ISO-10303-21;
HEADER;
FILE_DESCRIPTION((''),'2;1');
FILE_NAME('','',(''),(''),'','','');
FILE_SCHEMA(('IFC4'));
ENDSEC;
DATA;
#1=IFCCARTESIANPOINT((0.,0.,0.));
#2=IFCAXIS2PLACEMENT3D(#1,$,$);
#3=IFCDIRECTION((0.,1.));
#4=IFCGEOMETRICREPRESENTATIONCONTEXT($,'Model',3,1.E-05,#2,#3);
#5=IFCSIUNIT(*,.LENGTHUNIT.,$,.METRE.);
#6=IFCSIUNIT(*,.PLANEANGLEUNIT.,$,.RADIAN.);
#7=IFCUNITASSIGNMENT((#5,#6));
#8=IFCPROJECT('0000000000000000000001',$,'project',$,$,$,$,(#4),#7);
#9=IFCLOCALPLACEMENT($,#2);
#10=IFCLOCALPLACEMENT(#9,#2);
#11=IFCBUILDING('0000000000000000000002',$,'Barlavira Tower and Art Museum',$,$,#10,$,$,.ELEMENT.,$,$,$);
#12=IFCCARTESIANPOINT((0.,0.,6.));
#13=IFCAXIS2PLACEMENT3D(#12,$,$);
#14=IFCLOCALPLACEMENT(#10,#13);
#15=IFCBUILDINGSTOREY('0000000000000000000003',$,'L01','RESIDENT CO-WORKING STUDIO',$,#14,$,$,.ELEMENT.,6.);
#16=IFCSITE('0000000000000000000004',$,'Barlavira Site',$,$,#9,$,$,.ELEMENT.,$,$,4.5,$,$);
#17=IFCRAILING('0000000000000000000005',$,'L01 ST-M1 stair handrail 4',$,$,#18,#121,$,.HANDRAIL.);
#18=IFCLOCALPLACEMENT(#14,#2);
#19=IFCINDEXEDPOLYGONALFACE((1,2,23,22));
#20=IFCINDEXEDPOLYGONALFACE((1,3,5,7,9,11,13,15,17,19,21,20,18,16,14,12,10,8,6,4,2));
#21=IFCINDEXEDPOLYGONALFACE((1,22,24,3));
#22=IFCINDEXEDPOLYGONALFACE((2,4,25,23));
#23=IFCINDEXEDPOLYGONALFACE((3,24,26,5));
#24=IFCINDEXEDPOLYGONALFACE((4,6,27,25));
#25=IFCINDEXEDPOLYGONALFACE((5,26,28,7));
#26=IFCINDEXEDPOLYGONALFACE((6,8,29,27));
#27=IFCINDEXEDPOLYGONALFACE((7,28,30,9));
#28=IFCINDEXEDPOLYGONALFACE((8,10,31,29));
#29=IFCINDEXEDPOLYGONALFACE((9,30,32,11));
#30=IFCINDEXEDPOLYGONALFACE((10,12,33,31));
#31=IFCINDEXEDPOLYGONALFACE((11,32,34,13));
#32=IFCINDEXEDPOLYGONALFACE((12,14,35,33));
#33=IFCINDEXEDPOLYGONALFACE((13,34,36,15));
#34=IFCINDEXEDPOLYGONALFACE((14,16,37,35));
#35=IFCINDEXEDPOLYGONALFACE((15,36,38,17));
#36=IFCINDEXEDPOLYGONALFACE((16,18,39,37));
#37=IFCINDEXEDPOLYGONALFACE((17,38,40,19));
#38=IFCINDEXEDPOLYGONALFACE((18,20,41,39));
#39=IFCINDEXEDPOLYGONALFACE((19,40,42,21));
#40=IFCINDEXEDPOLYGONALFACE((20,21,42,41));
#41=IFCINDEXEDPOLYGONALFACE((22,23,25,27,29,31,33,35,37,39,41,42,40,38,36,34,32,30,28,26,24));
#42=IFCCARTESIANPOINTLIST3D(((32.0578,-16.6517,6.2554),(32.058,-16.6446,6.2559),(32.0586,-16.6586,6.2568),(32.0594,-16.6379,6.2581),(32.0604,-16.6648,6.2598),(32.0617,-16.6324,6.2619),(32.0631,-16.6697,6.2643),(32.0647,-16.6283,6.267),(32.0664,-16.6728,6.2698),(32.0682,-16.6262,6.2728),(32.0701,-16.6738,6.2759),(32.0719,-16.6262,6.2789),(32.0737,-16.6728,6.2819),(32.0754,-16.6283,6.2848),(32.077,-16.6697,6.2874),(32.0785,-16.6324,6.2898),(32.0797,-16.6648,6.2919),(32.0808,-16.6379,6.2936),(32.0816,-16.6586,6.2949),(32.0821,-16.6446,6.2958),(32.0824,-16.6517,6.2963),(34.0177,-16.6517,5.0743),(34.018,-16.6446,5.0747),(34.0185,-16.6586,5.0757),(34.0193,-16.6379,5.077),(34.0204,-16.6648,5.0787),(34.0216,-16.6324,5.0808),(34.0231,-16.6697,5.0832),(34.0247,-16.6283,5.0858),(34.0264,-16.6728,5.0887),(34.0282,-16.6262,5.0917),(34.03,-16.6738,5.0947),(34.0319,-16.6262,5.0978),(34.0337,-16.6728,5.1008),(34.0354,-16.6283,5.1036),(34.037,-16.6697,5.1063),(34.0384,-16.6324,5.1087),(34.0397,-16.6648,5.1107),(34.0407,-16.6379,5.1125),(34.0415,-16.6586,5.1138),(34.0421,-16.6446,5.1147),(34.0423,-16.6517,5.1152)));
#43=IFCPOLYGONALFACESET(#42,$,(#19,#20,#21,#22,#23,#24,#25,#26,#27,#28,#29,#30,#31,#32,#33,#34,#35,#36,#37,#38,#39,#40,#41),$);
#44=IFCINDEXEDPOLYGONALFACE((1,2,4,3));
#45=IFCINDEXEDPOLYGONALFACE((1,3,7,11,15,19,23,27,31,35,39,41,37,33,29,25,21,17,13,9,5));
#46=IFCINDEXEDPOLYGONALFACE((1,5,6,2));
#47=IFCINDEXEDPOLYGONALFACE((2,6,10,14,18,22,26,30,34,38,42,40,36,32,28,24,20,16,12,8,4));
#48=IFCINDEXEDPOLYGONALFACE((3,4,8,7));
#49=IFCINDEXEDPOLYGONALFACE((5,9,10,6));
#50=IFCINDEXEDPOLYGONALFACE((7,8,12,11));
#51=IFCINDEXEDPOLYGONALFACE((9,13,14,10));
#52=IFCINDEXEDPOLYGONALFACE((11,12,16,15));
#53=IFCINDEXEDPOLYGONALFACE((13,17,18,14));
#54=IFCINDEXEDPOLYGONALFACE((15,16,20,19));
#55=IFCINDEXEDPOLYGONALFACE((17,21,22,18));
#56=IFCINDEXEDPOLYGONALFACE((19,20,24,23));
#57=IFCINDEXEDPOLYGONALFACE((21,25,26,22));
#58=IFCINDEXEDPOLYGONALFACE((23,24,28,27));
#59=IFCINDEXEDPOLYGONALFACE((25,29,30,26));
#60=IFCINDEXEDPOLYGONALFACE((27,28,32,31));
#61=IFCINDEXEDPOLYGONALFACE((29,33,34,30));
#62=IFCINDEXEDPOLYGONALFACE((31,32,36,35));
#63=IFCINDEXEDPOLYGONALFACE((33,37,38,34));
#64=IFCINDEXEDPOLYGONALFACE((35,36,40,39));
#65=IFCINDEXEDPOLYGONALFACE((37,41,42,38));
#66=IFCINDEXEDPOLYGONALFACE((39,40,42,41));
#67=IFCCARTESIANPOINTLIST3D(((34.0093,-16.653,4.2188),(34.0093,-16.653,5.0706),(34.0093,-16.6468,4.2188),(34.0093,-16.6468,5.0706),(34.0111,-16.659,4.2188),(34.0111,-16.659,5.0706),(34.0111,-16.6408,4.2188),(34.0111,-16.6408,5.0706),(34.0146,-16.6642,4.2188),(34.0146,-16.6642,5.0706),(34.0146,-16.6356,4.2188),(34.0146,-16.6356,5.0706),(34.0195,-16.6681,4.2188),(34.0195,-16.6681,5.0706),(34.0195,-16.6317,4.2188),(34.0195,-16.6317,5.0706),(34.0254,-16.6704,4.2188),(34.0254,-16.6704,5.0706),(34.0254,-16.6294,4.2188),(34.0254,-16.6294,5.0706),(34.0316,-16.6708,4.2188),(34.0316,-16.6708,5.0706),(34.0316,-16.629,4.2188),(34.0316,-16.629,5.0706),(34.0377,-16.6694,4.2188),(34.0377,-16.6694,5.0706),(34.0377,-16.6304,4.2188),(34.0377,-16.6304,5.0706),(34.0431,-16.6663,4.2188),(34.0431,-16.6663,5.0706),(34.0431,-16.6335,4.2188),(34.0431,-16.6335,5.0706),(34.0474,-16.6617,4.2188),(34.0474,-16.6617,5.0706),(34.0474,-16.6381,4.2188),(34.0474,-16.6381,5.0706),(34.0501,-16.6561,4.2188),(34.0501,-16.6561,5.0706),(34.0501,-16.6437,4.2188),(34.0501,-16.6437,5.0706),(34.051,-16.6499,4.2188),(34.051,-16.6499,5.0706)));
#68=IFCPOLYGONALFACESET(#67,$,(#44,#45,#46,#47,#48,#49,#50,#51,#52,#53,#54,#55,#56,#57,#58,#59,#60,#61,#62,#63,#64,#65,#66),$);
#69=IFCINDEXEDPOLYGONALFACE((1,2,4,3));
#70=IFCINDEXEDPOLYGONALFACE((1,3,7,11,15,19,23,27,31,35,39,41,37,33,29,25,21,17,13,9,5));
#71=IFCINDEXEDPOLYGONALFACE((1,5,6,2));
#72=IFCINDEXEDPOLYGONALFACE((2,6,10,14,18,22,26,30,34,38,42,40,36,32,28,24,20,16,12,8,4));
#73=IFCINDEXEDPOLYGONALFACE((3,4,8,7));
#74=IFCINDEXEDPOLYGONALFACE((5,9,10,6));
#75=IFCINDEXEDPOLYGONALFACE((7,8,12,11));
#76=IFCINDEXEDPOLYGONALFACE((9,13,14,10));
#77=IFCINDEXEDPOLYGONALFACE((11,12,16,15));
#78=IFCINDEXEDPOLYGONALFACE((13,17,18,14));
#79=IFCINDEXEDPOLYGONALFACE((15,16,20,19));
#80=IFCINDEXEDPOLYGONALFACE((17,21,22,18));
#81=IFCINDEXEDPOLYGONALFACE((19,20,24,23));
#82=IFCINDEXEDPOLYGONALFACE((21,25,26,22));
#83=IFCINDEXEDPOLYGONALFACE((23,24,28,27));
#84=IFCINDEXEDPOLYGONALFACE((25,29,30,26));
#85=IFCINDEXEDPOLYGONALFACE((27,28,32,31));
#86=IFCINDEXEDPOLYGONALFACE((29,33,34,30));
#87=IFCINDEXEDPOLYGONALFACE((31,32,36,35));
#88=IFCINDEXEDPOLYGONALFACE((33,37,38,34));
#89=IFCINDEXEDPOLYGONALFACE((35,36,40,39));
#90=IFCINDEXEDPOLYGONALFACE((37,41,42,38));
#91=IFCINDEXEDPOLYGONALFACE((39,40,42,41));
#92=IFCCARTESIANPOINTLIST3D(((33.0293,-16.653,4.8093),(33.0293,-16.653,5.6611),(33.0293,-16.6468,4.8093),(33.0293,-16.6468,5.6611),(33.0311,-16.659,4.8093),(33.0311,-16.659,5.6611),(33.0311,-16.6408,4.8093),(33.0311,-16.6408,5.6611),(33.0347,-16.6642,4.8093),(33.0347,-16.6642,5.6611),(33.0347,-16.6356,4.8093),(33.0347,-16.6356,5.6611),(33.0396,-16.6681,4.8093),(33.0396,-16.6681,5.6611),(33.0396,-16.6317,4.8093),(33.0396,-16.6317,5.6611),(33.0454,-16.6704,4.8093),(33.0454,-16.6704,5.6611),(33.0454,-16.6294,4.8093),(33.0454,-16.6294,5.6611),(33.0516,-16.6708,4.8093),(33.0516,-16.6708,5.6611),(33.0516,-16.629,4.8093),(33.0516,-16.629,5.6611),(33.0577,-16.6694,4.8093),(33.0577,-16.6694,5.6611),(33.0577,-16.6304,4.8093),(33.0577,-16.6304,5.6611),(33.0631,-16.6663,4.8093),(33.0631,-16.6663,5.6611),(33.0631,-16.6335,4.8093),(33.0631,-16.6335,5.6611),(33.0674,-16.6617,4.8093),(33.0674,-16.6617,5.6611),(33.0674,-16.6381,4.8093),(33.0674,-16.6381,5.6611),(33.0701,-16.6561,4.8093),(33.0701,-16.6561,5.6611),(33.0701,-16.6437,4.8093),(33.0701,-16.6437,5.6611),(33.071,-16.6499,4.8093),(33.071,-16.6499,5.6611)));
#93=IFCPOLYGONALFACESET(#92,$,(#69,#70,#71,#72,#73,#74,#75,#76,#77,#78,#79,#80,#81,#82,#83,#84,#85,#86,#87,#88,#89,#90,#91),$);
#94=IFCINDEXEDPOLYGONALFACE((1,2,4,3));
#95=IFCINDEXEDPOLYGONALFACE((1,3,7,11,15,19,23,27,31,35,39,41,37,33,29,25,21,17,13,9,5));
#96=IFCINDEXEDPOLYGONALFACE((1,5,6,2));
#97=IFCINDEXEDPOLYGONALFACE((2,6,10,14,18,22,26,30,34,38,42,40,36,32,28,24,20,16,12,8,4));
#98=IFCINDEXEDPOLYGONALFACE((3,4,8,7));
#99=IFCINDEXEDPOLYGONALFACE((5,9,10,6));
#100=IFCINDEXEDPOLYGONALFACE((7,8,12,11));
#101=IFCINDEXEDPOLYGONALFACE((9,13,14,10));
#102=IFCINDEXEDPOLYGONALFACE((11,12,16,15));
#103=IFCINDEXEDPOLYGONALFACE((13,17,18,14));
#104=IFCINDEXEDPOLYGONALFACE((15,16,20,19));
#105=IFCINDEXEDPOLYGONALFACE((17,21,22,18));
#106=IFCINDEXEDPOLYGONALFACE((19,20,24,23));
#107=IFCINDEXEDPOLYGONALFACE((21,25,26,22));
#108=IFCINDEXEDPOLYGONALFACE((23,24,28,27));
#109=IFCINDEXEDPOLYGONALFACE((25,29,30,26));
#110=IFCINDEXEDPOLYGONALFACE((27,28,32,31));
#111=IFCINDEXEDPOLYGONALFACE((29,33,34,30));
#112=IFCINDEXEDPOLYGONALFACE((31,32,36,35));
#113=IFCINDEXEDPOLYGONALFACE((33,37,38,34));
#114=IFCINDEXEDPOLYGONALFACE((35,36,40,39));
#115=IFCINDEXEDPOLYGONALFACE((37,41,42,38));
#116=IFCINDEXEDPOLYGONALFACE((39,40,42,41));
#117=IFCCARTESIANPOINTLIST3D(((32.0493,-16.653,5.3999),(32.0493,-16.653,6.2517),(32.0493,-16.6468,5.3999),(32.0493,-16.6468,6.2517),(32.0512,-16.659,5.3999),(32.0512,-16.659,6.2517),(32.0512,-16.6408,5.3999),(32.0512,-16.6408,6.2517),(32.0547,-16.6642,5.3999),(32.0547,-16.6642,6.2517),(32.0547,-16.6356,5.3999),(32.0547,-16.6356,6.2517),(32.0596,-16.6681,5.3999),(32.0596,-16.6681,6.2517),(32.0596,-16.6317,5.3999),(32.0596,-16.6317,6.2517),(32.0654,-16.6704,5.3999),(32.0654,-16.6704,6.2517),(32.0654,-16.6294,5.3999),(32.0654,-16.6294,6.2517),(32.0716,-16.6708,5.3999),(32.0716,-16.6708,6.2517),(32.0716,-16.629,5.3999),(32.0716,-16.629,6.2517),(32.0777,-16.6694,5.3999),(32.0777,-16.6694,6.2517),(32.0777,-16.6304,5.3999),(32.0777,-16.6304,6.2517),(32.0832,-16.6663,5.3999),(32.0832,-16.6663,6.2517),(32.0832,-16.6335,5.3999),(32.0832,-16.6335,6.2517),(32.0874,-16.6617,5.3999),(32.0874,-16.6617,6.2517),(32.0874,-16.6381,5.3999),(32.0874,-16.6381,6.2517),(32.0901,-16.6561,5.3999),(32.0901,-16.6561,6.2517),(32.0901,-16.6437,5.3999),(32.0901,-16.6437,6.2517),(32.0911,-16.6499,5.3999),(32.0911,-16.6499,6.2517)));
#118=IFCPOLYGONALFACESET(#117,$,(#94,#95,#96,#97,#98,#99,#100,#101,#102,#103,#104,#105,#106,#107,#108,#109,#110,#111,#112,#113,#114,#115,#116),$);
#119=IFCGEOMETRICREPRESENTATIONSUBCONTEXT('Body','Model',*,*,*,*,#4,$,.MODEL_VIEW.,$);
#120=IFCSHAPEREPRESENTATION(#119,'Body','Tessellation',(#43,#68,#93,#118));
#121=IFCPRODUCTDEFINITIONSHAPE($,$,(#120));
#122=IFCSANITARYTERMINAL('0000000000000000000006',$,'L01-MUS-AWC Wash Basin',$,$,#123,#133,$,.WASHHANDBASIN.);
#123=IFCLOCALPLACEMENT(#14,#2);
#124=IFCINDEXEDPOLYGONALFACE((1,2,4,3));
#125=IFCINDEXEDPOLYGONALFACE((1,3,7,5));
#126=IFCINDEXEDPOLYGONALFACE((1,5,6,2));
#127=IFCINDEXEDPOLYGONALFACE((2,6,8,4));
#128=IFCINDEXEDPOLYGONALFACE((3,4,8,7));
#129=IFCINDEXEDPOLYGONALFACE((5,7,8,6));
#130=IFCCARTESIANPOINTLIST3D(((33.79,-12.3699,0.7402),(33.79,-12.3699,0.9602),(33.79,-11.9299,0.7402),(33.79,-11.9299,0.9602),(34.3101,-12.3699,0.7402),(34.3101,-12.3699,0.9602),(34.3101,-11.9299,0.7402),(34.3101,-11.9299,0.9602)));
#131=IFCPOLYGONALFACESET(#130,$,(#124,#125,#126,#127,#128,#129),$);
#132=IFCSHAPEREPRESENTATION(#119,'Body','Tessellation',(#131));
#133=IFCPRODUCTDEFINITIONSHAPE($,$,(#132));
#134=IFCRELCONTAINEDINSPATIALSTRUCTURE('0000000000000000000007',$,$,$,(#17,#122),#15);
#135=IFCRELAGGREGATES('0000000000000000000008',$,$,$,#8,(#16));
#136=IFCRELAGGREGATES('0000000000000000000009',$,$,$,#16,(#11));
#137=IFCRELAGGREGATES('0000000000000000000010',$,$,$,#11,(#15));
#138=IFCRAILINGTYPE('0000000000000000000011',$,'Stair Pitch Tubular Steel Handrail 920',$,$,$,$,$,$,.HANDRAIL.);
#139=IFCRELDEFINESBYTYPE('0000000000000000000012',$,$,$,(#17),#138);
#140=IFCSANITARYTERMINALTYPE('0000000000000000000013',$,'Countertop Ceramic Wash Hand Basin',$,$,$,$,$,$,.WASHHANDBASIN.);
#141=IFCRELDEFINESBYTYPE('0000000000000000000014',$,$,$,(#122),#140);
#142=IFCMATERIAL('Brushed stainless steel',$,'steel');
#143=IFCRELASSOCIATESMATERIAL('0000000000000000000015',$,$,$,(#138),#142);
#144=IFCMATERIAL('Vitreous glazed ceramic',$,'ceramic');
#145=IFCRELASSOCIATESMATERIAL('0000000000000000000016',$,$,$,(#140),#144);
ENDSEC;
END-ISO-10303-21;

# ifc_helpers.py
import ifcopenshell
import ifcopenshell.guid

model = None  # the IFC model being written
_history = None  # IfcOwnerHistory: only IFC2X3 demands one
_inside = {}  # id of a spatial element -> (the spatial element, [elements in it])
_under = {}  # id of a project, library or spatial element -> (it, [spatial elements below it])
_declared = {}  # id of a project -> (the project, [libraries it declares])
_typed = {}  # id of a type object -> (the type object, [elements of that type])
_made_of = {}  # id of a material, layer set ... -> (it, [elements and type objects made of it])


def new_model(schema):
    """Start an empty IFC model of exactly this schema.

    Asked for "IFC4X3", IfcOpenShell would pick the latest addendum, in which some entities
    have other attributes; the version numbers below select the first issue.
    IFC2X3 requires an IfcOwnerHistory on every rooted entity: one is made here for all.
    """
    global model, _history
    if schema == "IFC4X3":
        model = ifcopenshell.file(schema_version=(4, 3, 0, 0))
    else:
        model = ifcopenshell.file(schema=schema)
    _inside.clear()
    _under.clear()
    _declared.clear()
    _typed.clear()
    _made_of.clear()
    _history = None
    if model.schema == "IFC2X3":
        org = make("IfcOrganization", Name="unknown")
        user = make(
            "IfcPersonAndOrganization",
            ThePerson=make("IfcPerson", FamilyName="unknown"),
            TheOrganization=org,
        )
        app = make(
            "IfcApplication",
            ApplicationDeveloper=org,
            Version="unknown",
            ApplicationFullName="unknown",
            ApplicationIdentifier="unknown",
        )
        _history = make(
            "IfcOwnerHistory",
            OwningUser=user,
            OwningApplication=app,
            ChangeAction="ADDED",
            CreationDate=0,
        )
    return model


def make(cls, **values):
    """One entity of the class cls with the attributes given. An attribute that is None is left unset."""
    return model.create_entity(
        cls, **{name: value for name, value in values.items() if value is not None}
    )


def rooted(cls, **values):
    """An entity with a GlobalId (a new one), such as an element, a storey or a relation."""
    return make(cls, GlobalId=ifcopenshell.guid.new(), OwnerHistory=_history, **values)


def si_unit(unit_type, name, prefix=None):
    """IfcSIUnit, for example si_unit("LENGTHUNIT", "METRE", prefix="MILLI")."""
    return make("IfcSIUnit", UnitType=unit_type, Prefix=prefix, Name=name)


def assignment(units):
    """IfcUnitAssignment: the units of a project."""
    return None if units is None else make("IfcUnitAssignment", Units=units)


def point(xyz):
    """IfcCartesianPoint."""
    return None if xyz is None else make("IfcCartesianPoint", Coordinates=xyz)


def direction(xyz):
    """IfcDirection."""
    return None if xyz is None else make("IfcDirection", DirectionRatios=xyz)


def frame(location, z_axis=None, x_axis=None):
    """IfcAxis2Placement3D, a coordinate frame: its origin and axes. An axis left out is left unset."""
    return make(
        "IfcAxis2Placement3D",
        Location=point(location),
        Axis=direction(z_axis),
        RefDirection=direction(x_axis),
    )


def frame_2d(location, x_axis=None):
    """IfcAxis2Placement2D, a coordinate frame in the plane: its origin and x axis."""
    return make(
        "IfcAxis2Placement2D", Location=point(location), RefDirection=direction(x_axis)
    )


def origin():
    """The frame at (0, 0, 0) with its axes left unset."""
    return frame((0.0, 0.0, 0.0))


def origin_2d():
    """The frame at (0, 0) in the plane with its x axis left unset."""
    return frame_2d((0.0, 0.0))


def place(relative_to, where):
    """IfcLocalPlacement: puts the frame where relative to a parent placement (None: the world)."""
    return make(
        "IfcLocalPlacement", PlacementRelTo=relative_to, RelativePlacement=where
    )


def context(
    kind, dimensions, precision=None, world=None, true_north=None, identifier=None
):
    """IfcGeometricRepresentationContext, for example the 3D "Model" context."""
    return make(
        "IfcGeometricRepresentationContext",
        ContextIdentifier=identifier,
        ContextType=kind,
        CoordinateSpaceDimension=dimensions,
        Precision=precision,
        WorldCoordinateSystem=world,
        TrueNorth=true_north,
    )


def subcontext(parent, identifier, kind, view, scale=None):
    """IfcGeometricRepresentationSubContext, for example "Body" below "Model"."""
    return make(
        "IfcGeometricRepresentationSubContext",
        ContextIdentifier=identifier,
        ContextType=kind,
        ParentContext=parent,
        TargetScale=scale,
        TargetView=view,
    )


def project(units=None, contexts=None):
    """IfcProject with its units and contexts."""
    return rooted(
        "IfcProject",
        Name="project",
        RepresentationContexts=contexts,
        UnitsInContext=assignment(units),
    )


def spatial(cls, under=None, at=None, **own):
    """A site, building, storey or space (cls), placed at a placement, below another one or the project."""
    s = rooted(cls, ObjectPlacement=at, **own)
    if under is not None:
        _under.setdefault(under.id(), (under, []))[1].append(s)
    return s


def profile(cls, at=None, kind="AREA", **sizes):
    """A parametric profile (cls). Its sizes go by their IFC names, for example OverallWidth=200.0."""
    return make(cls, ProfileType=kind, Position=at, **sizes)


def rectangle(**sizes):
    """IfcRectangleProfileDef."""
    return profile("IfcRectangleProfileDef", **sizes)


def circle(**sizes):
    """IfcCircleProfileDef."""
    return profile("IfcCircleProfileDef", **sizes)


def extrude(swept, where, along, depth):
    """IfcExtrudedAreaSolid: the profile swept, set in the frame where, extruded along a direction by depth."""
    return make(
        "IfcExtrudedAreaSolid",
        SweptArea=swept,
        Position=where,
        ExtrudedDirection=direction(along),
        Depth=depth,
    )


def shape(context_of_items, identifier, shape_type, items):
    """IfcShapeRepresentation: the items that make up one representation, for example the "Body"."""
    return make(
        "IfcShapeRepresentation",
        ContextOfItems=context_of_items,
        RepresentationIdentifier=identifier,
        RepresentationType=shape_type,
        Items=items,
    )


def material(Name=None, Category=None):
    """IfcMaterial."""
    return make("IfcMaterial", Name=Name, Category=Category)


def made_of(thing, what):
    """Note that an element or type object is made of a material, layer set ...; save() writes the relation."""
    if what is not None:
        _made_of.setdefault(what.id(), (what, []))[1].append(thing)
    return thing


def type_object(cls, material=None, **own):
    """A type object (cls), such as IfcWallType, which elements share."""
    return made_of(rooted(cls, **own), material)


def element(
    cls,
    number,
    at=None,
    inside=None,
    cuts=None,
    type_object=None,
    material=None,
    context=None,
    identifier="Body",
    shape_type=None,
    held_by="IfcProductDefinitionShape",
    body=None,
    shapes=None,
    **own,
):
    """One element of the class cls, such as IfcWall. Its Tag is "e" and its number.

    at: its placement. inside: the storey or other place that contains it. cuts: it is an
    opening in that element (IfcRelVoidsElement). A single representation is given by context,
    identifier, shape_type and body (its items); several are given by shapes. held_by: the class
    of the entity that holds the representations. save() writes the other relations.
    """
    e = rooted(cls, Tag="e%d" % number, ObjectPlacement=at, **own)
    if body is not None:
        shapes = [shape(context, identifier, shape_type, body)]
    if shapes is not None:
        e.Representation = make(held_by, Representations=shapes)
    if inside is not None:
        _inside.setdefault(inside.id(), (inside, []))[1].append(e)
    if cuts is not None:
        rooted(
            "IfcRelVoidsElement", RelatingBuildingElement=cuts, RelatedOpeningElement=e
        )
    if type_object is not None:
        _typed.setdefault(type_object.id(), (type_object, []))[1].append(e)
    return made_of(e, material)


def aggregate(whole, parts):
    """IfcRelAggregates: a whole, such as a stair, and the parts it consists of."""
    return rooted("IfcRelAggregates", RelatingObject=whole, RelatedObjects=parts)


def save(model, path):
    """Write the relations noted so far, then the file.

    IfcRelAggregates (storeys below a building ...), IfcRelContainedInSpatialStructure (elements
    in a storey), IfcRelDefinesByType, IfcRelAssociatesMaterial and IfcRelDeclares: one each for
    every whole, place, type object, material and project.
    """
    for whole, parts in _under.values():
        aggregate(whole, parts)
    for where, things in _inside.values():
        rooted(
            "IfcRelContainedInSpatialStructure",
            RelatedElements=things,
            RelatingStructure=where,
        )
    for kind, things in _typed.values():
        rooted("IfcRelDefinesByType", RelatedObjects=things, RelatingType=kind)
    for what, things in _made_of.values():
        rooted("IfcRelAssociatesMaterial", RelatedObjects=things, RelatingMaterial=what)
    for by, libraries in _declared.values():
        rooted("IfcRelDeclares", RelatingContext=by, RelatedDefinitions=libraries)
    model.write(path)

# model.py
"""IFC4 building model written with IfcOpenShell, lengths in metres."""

from ifc_helpers import new_model, si_unit, direction, frame, origin, origin_2d, place, context, subcontext, project, spatial, rectangle, circle, extrude, material, type_object, element, save


model = new_model("IFC4")

# Units and contexts
model_context = context("Model", 3, precision=1e-05, world=origin(), true_north=direction((0.0, 1.0)))
body_context = subcontext(model_context, "Body", "Model", "MODEL_VIEW")
ifc_project = project(units=[si_unit("LENGTHUNIT", "METRE"), si_unit("PLANEANGLEUNIT", "RADIAN")], contexts=[model_context])

# Site, building, storey
site_placement = place(None, origin())
site = spatial("IfcSite", under=ifc_project, at=site_placement, Name="Barlavira Site", CompositionType="ELEMENT", RefElevation=4.5)
building_placement = place(site_placement, origin())
building = spatial("IfcBuilding", under=site, at=building_placement, Name="Barlavira Tower and Art Museum", CompositionType="ELEMENT")
storey_placement = place(building_placement, frame((0.0, 0.0, 6.0)))
storey = spatial("IfcBuildingStorey", under=building, at=storey_placement, Name="L01", Description="RESIDENT CO-WORKING STUDIO", CompositionType="ELEMENT", Elevation=6.0)

# Shared definitions
ifc_material_1 = material(Name="Brushed stainless steel", Category="steel")

# Railing
railing_type_1 = type_object("IfcRailingType", Name="Stair Pitch Tubular Steel Handrail 920", PredefinedType="HANDRAIL", material=ifc_material_1)
railing_1_placement = place(storey_placement, frame((34.03, -16.6499, 4.2188)))
element("IfcRailing", 1, at=railing_1_placement, inside=storey, type_object=railing_type_1, Name="L01 ST-M1 stair handrail 4", PredefinedType="HANDRAIL", context=body_context, shape_type="SweptSolid", body=[
    extrude(circle(Radius=0.0239, at=origin_2d()), frame((0.0, 0.0, 0.876), z_axis=(-0.856493, 0.0, 0.516158), x_axis=(0.0, -1.0, 0.0)), (0.0, 0.0, 1.0), 2.2883),
    extrude(circle(Radius=0.021, at=origin_2d()), origin(), (0.0, 0.0, 1.0), 0.8518),
    extrude(circle(Radius=0.021, at=origin_2d()), frame((-0.98, 0.0, 0.5906)), (0.0, 0.0, 1.0), 0.8518),
    extrude(circle(Radius=0.021, at=origin_2d()), frame((-1.96, 0.0, 1.1812)), (0.0, 0.0, 1.0), 0.8518),
])

# Sanitary terminal
ifc_material_2 = material(Name="Vitreous glazed ceramic", Category="ceramic")
sanitary_terminal_type = type_object("IfcSanitaryTerminalType", Name="Countertop Ceramic Wash Hand Basin", PredefinedType="WASHHANDBASIN", material=ifc_material_2)
sanitary_terminal_placement = place(storey_placement, frame((34.05, -12.1499, 0.7402), z_axis=(0.0, 0.0, 1.0), x_axis=(1.0, 0.0, 0.0)))
element("IfcSanitaryTerminal", 2, at=sanitary_terminal_placement, inside=storey, type_object=sanitary_terminal_type, Name="L01-MUS-AWC Wash Basin", PredefinedType="WASHHANDBASIN", context=body_context, shape_type="SweptSolid", body=[
    extrude(rectangle(XDim=0.52, YDim=0.4399, at=origin_2d()), origin(), (0.0, 0.0, 1.0), 0.22),
])

save(model, "model.ifc")
